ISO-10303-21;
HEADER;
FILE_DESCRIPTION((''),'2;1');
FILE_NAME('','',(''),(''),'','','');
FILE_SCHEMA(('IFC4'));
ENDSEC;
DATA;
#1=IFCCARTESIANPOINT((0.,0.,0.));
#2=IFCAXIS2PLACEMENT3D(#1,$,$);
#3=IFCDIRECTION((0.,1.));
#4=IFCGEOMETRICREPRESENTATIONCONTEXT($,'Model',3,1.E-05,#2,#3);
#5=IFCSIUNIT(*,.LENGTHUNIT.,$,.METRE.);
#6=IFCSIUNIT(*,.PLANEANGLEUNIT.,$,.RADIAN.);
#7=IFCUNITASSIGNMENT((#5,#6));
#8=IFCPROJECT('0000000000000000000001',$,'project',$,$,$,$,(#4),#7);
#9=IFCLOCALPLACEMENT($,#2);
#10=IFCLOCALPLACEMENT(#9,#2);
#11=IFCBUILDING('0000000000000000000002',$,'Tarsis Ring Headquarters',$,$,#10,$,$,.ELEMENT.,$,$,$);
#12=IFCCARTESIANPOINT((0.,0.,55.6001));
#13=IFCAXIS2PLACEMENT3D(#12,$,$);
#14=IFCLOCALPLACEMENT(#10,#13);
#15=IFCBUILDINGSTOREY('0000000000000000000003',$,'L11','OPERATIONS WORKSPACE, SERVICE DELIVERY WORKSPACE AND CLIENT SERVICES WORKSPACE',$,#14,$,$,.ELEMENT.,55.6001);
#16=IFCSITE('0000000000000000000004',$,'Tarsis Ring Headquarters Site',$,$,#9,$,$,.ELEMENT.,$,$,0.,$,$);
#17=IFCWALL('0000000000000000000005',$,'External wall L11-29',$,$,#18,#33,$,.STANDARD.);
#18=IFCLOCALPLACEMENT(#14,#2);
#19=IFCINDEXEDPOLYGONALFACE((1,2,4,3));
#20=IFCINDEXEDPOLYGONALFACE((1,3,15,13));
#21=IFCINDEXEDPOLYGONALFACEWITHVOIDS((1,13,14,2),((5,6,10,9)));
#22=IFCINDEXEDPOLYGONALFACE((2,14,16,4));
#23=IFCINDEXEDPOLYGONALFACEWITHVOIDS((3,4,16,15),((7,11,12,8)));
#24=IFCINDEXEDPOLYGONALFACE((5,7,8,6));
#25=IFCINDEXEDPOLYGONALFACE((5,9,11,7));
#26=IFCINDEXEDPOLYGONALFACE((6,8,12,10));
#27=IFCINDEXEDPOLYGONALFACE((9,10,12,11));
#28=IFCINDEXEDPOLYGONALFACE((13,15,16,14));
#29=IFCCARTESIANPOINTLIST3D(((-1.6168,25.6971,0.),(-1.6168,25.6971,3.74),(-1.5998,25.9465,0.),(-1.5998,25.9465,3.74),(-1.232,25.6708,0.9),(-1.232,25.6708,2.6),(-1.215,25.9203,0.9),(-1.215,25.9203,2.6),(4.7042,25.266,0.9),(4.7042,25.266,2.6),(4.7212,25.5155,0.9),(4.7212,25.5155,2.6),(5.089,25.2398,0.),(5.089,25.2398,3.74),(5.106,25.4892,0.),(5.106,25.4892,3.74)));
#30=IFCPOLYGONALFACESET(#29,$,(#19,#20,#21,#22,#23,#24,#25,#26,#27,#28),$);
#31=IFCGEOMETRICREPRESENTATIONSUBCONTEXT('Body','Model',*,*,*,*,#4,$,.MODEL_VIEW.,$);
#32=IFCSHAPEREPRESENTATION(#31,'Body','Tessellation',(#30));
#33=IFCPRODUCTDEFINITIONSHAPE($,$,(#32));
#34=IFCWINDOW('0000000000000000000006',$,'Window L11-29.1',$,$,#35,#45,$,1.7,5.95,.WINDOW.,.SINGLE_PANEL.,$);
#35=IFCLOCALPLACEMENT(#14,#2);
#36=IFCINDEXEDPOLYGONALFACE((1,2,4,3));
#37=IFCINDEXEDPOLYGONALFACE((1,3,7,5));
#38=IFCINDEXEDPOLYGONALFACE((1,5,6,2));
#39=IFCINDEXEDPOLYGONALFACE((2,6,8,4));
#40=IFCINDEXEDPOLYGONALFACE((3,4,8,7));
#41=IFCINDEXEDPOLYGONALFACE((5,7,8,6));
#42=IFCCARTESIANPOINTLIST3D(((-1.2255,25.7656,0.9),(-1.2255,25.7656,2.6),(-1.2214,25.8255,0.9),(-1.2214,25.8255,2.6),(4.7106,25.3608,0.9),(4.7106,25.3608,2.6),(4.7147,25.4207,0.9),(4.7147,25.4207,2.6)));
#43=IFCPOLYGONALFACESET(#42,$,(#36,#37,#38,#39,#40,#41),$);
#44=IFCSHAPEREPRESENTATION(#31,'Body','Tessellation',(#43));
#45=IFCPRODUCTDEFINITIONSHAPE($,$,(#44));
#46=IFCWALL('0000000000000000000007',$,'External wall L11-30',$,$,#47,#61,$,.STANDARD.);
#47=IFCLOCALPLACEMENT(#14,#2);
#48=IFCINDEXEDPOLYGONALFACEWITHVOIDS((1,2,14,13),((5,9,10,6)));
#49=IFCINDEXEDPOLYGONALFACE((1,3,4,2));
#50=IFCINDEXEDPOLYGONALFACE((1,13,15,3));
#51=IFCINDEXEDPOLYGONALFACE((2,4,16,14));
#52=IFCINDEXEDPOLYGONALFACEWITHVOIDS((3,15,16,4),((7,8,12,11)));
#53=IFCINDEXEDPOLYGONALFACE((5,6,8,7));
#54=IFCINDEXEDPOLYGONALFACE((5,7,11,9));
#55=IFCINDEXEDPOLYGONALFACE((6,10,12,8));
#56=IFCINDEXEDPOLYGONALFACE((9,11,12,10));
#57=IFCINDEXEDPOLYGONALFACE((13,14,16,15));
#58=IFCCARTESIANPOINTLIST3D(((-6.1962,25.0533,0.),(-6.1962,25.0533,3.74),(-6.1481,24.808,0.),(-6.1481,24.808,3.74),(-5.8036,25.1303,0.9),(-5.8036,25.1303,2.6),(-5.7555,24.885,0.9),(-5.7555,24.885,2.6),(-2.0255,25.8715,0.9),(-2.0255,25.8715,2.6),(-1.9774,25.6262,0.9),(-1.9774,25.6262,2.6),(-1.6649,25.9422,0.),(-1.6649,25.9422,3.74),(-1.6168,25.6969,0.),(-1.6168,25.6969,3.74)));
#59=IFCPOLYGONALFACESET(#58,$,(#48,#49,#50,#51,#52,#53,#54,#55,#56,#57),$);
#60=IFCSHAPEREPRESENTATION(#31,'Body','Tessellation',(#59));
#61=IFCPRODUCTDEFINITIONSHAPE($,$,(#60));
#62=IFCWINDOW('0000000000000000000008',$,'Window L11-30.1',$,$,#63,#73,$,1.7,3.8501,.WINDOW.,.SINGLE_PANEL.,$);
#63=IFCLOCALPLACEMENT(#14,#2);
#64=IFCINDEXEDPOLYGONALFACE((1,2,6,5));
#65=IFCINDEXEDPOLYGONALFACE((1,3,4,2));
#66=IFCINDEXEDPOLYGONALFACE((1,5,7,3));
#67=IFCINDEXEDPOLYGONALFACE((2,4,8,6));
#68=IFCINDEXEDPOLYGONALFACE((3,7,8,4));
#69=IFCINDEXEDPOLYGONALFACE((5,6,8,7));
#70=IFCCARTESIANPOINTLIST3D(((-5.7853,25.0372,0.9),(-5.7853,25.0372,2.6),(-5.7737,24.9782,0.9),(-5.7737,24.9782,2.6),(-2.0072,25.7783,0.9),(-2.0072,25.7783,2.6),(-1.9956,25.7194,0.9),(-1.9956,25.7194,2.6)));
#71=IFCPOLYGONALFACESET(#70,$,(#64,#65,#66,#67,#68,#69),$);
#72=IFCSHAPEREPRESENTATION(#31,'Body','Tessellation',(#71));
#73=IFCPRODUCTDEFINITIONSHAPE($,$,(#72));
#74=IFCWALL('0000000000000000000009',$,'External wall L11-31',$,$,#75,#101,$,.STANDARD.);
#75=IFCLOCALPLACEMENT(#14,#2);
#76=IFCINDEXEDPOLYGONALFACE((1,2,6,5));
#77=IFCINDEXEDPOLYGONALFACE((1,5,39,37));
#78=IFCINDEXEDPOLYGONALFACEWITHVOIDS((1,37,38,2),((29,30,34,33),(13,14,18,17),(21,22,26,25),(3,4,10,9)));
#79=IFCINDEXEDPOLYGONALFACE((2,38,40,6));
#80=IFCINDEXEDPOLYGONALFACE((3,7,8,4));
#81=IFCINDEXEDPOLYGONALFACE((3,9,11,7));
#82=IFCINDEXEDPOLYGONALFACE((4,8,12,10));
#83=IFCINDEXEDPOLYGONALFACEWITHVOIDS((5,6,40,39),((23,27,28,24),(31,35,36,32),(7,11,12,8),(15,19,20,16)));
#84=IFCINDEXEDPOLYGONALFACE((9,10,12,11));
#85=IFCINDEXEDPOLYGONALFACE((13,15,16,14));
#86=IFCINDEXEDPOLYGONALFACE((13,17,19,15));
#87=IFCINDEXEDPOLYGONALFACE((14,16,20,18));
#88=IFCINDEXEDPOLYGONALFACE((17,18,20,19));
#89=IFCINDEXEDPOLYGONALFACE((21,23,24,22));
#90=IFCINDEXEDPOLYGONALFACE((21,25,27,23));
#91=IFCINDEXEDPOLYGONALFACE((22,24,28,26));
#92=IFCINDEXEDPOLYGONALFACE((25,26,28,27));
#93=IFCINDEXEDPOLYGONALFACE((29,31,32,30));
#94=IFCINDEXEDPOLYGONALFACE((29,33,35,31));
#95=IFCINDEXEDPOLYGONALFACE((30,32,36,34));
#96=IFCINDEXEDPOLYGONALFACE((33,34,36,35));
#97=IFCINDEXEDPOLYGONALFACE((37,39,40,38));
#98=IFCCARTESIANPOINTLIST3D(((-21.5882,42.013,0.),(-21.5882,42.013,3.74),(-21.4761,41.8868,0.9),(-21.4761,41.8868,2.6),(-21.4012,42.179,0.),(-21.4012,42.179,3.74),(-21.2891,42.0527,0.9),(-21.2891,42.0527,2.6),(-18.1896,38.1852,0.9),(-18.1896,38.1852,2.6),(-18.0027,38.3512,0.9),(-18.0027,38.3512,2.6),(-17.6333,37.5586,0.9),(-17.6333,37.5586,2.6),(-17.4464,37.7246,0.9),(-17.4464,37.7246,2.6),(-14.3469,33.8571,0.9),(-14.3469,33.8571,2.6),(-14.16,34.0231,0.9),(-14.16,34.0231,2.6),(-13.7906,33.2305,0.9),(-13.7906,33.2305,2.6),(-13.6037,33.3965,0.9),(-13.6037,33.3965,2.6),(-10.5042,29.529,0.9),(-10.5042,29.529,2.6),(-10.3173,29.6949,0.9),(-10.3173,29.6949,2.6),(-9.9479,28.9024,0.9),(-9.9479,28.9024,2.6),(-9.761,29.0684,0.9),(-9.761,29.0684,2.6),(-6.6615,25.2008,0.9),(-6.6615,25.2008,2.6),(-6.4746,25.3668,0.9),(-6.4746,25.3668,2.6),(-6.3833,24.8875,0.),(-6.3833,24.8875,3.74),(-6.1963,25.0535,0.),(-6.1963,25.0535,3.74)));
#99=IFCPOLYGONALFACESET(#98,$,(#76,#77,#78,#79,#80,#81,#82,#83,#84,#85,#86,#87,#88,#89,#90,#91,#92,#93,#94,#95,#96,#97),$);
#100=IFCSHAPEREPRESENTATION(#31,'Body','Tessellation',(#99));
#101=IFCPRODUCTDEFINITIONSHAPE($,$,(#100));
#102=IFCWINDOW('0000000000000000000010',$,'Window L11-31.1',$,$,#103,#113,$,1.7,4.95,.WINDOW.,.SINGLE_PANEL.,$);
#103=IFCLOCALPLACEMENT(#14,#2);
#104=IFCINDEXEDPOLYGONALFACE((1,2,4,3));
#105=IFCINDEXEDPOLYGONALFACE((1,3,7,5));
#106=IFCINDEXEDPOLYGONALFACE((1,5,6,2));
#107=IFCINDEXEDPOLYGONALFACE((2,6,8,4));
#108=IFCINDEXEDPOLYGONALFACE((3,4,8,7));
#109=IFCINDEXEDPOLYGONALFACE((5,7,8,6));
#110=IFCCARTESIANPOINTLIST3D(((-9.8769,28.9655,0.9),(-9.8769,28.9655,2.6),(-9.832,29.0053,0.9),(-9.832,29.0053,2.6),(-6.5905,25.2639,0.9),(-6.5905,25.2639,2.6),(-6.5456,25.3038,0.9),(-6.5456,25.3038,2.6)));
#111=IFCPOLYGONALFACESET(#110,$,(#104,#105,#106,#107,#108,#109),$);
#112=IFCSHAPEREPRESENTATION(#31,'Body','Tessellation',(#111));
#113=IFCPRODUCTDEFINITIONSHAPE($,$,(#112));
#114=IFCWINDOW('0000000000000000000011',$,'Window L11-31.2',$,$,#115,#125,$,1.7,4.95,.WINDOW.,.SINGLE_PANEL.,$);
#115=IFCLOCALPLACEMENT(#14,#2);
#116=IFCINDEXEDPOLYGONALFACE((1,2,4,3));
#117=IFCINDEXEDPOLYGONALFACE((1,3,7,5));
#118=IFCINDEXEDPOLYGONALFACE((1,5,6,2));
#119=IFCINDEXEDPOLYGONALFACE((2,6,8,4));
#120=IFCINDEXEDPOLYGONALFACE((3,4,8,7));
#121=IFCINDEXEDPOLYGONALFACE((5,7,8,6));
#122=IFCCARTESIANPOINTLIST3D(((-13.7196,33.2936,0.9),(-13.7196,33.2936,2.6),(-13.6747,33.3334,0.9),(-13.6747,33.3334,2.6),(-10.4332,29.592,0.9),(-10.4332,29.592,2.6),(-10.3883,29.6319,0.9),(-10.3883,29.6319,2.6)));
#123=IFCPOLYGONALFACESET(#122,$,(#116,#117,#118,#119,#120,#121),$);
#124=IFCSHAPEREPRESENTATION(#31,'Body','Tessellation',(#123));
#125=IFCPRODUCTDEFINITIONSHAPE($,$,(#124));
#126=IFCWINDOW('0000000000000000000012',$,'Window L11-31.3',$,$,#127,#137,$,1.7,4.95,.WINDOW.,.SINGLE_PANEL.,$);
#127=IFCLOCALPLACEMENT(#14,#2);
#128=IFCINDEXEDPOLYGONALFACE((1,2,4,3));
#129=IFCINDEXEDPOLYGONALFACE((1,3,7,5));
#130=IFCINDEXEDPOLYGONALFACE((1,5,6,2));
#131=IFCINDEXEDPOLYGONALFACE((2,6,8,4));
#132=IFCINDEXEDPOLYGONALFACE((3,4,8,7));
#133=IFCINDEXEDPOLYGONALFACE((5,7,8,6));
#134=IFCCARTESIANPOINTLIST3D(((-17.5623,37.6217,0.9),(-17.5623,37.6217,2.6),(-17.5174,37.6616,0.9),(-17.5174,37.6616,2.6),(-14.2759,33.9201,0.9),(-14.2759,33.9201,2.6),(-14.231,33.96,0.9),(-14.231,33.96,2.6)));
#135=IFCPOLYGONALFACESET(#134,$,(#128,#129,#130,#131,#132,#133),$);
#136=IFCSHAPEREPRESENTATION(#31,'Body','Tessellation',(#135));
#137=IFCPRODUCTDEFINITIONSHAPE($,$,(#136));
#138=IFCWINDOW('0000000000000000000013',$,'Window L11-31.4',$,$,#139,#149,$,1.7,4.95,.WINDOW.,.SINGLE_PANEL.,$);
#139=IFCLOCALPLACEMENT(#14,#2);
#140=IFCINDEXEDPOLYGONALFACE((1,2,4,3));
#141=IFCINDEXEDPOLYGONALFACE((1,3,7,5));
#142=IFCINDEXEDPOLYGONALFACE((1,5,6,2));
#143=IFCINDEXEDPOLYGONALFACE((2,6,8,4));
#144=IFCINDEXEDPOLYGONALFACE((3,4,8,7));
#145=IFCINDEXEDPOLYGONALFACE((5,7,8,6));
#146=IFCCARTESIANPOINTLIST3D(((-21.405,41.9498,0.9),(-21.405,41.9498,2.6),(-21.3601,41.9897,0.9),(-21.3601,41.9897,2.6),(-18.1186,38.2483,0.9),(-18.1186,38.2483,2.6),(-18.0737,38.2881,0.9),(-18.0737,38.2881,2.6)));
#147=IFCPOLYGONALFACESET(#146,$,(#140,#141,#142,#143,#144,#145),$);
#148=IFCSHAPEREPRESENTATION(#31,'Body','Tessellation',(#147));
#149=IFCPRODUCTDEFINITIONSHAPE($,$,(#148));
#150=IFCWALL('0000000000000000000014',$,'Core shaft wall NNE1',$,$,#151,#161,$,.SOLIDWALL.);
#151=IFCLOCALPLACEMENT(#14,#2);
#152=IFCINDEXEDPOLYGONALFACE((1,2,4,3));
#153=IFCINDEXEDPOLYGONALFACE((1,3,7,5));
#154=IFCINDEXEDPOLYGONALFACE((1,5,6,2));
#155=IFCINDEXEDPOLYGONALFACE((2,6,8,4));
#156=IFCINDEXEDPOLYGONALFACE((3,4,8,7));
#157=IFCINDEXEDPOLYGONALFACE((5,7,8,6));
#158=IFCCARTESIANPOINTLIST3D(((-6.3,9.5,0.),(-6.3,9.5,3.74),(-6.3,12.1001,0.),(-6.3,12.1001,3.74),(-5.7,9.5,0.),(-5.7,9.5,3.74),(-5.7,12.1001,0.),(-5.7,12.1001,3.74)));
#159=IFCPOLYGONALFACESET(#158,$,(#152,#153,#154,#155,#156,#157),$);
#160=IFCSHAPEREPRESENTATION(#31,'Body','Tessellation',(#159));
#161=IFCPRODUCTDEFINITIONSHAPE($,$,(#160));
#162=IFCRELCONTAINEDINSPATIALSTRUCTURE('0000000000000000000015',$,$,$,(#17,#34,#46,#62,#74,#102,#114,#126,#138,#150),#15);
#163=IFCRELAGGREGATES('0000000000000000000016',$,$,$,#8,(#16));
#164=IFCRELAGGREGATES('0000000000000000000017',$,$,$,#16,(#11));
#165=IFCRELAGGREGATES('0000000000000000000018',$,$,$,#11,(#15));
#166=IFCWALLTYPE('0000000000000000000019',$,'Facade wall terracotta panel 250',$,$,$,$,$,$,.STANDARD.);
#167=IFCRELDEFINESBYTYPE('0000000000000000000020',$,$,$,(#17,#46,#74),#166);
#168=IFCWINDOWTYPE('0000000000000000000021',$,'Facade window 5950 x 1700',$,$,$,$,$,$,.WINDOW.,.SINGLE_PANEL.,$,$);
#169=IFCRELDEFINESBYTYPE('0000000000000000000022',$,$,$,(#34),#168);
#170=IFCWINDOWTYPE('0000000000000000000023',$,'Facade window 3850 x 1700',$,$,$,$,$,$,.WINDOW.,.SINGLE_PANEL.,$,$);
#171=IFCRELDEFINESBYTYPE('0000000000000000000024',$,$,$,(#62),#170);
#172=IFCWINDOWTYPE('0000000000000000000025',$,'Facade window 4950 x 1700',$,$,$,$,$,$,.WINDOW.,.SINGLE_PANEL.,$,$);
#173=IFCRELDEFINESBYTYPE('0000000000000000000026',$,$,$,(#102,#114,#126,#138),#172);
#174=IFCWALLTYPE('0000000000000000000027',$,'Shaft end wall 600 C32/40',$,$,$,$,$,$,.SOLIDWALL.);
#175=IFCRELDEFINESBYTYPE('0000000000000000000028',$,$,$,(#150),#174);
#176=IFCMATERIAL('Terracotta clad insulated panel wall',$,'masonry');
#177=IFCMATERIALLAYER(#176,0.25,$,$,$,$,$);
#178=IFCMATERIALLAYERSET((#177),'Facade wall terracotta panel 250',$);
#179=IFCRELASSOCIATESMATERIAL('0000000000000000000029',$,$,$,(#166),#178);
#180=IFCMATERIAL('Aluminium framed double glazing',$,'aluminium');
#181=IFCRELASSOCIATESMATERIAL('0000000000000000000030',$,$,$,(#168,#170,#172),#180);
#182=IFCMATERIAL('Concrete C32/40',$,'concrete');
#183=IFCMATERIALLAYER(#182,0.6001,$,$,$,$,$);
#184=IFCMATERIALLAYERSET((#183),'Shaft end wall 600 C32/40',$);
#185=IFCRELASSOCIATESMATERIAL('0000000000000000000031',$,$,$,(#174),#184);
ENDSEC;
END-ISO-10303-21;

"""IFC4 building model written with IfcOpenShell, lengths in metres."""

from ifc_helpers import new_model, si_unit, direction, frame, frame_2d, origin, place, context, subcontext, project, spatial, rectangle, extrude, material, layer, layer_set, type_object, element, fill, save


model = new_model("IFC4")

# Units and contexts
model_context = context("Model", 3, precision=1e-05, world=origin(), true_north=direction((0.0, 1.0)))
body_context = subcontext(model_context, "Body", "Model", "MODEL_VIEW")
ifc_project = project(units=[si_unit("LENGTHUNIT", "METRE"), si_unit("PLANEANGLEUNIT", "RADIAN")], contexts=[model_context])

# Site, building, storey
site_placement = place(None, origin())
site = spatial("IfcSite", under=ifc_project, at=site_placement, Name="Tarsis Ring Headquarters Site", CompositionType="ELEMENT", RefElevation=0.0)
building_placement = place(site_placement, origin())
building = spatial("IfcBuilding", under=site, at=building_placement, Name="Tarsis Ring Headquarters", CompositionType="ELEMENT")
storey_placement = place(building_placement, frame((0.0, 0.0, 55.6001)))
storey = spatial("IfcBuildingStorey", under=building, at=storey_placement, Name="L11", Description="OPERATIONS WORKSPACE, SERVICE DELIVERY WORKSPACE AND CLIENT SERVICES WORKSPACE", CompositionType="ELEMENT", Elevation=55.6001)

# Walls, openings, windows
ifc_material_1 = material(Name="Terracotta clad insulated panel wall", Category="masonry")
ifc_layer_1 = layer(ifc_material_1, 0.25)
ifc_layer_set_1 = layer_set([ifc_layer_1], Name="Facade wall terracotta panel 250")
wall_type_1 = type_object("IfcWallType", Name="Facade wall terracotta panel 250", PredefinedType="STANDARD", material=ifc_layer_set_1)
wall_1_placement = place(storey_placement, frame((5.0977, 25.3645, 0.0), z_axis=(0.0, 0.0, 1.0), x_axis=(-0.997683, 0.068033, 0.0)))
wall_1 = element("IfcWall", 1, at=wall_1_placement, inside=storey, type_object=wall_type_1, Name="External wall L11-29", PredefinedType="STANDARD", context=body_context, shape_type="SweptSolid", body=[
    extrude(rectangle(XDim=6.7214, YDim=0.25, at=frame_2d((3.3608, 0.0))), origin(), (0.0, 0.0, 1.0), 3.74),
])
opening_1_placement = place(wall_1_placement, frame((0.3857, 0.0, 0.8999)))
opening_1 = element("IfcOpeningElement", 2, at=opening_1_placement, cuts=wall_1, PredefinedType="OPENING", context=body_context, shape_type="SweptSolid", body=[
    extrude(rectangle(XDim=5.95, YDim=1.7, at=frame_2d((2.9751, 0.8501))), frame((0.0, 0.135, 0.0), z_axis=(0.0, -1.0, 0.0), x_axis=(1.0, 0.0, 0.0)), (0.0, 0.0, 1.0), 0.27),
])
ifc_material_2 = material(Name="Aluminium framed double glazing", Category="aluminium")
window_type_1 = type_object("IfcWindowType", Name="Facade window 5950 x 1700", PartitioningType="SINGLE_PANEL", PredefinedType="WINDOW", material=ifc_material_2)
window_1_placement = place(opening_1_placement, origin())
window_1 = element("IfcWindow", 3, at=window_1_placement, inside=storey, type_object=window_type_1, Name="Window L11-29.1", OverallHeight=1.7, OverallWidth=5.95, PartitioningType="SINGLE_PANEL", PredefinedType="WINDOW", context=body_context, shape_type="SweptSolid", body=[
    extrude(rectangle(XDim=5.95, YDim=1.7, at=frame_2d((2.9751, 0.8501))), frame((0.0, 0.03, 0.0), z_axis=(0.0, -1.0, 0.0), x_axis=(1.0, 0.0, 0.0)), (0.0, 0.0, 1.0), 0.0601),
])
fill(opening_1, window_1)
wall_2_placement = place(storey_placement, frame((-1.6409, 25.8196, 0.0), z_axis=(0.0, 0.0, 1.0), x_axis=(-0.981296, -0.192505, 0.0)))
wall_2 = element("IfcWall", 4, at=wall_2_placement, inside=storey, type_object=wall_type_1, Name="External wall L11-30", PredefinedType="STANDARD", context=body_context, shape_type="SweptSolid", body=[
    extrude(rectangle(XDim=4.6177, YDim=0.25, at=frame_2d((2.3088, 0.0))), origin(), (0.0, 0.0, 1.0), 3.74),
])
opening_2_placement = place(wall_2_placement, frame((0.3674, 0.0, 0.8999)))
opening_2 = element("IfcOpeningElement", 5, at=opening_2_placement, cuts=wall_2, PredefinedType="OPENING", context=body_context, shape_type="SweptSolid", body=[
    extrude(rectangle(XDim=3.8501, YDim=1.7, at=frame_2d((1.925, 0.8501))), frame((0.0, 0.135, 0.0), z_axis=(0.0, -1.0, 0.0), x_axis=(1.0, 0.0, 0.0)), (0.0, 0.0, 1.0), 0.27),
])
window_type_2 = type_object("IfcWindowType", Name="Facade window 3850 x 1700", PartitioningType="SINGLE_PANEL", PredefinedType="WINDOW", material=ifc_material_2)
window_2_placement = place(opening_2_placement, origin())
window_2 = element("IfcWindow", 6, at=window_2_placement, inside=storey, type_object=window_type_2, Name="Window L11-30.1", OverallHeight=1.7, OverallWidth=3.8501, PartitioningType="SINGLE_PANEL", PredefinedType="WINDOW", context=body_context, shape_type="SweptSolid", body=[
    extrude(rectangle(XDim=3.8501, YDim=1.7, at=frame_2d((1.925, 0.8501))), frame((0.0, 0.03, 0.0), z_axis=(0.0, -1.0, 0.0), x_axis=(1.0, 0.0, 0.0)), (0.0, 0.0, 1.0), 0.0601),
])
fill(opening_2, window_2)

# Wall, openings, windows
wall_3_placement = place(storey_placement, frame((-6.2898, 24.9705, 0.0), z_axis=(0.0, 0.0, 1.0), x_axis=(-0.663929, 0.747796, 0.0)))
wall_3 = element("IfcWall", 7, at=wall_3_placement, inside=storey, type_object=wall_type_1, Name="External wall L11-31", PredefinedType="STANDARD", context=body_context, shape_type="SweptSolid", body=[
    extrude(rectangle(XDim=22.9014, YDim=0.25, at=frame_2d((11.4507, 0.0))), origin(), (0.0, 0.0, 1.0), 3.74),
])
opening_3_placement = place(wall_3_placement, frame((0.4189, 0.0, 0.8999)))
opening_3 = element("IfcOpeningElement", 8, at=opening_3_placement, cuts=wall_3, PredefinedType="OPENING", context=body_context, shape_type="SweptSolid", body=[
    extrude(rectangle(XDim=4.95, YDim=1.7, at=frame_2d((2.4751, 0.8501))), frame((0.0, 0.135, 0.0), z_axis=(0.0, -1.0, 0.0), x_axis=(1.0, 0.0, 0.0)), (0.0, 0.0, 1.0), 0.27),
])
opening_4_placement = place(wall_3_placement, frame((6.2068, 0.0, 0.8999)))
opening_4 = element("IfcOpeningElement", 9, at=opening_4_placement, cuts=wall_3, PredefinedType="OPENING", context=body_context, shape_type="SweptSolid", body=[
    extrude(rectangle(XDim=4.95, YDim=1.7, at=frame_2d((2.4751, 0.8501))), frame((0.0, 0.135, 0.0), z_axis=(0.0, -1.0, 0.0), x_axis=(1.0, 0.0, 0.0)), (0.0, 0.0, 1.0), 0.27),
])
opening_5_placement = place(wall_3_placement, frame((11.9946, 0.0, 0.8999)))
opening_5 = element("IfcOpeningElement", 10, at=opening_5_placement, cuts=wall_3, PredefinedType="OPENING", context=body_context, shape_type="SweptSolid", body=[
    extrude(rectangle(XDim=4.95, YDim=1.7, at=frame_2d((2.4751, 0.8501))), frame((0.0, 0.135, 0.0), z_axis=(0.0, -1.0, 0.0), x_axis=(1.0, 0.0, 0.0)), (0.0, 0.0, 1.0), 0.27),
])
opening_6_placement = place(wall_3_placement, frame((17.7825, 0.0, 0.8999)))
opening_6 = element("IfcOpeningElement", 11, at=opening_6_placement, cuts=wall_3, PredefinedType="OPENING", context=body_context, shape_type="SweptSolid", body=[
    extrude(rectangle(XDim=4.95, YDim=1.7, at=frame_2d((2.4751, 0.8501))), frame((0.0, 0.135, 0.0), z_axis=(0.0, -1.0, 0.0), x_axis=(1.0, 0.0, 0.0)), (0.0, 0.0, 1.0), 0.27),
])
window_type_3 = type_object("IfcWindowType", Name="Facade window 4950 x 1700", PartitioningType="SINGLE_PANEL", PredefinedType="WINDOW", material=ifc_material_2)
window_3_placement = place(opening_3_placement, origin())
window_3 = element("IfcWindow", 12, at=window_3_placement, inside=storey, type_object=window_type_3, Name="Window L11-31.1", OverallHeight=1.7, OverallWidth=4.95, PartitioningType="SINGLE_PANEL", PredefinedType="WINDOW", context=body_context, shape_type="SweptSolid", body=[
    extrude(rectangle(XDim=4.95, YDim=1.7, at=frame_2d((2.4751, 0.8501))), frame((0.0, 0.03, 0.0), z_axis=(0.0, -1.0, 0.0), x_axis=(1.0, 0.0, 0.0)), (0.0, 0.0, 1.0), 0.0601),
])
fill(opening_3, window_3)
window_4_placement = place(opening_4_placement, origin())
window_4 = element("IfcWindow", 13, at=window_4_placement, inside=storey, type_object=window_type_3, Name="Window L11-31.2", OverallHeight=1.7, OverallWidth=4.95, PartitioningType="SINGLE_PANEL", PredefinedType="WINDOW", context=body_context, shape_type="SweptSolid", body=[
    extrude(rectangle(XDim=4.95, YDim=1.7, at=frame_2d((2.4751, 0.8501))), frame((0.0, 0.03, 0.0), z_axis=(0.0, -1.0, 0.0), x_axis=(1.0, 0.0, 0.0)), (0.0, 0.0, 1.0), 0.0601),
])
fill(opening_4, window_4)
window_5_placement = place(opening_5_placement, origin())
window_5 = element("IfcWindow", 14, at=window_5_placement, inside=storey, type_object=window_type_3, Name="Window L11-31.3", OverallHeight=1.7, OverallWidth=4.95, PartitioningType="SINGLE_PANEL", PredefinedType="WINDOW", context=body_context, shape_type="SweptSolid", body=[
    extrude(rectangle(XDim=4.95, YDim=1.7, at=frame_2d((2.4751, 0.8501))), frame((0.0, 0.03, 0.0), z_axis=(0.0, -1.0, 0.0), x_axis=(1.0, 0.0, 0.0)), (0.0, 0.0, 1.0), 0.0601),
])
fill(opening_5, window_5)
window_6_placement = place(opening_6_placement, origin())
window_6 = element("IfcWindow", 15, at=window_6_placement, inside=storey, type_object=window_type_3, Name="Window L11-31.4", OverallHeight=1.7, OverallWidth=4.95, PartitioningType="SINGLE_PANEL", PredefinedType="WINDOW", context=body_context, shape_type="SweptSolid", body=[
    extrude(rectangle(XDim=4.95, YDim=1.7, at=frame_2d((2.4751, 0.8501))), frame((0.0, 0.03, 0.0), z_axis=(0.0, -1.0, 0.0), x_axis=(1.0, 0.0, 0.0)), (0.0, 0.0, 1.0), 0.0601),
])
fill(opening_6, window_6)

# Wall
ifc_material_3 = material(Name="Concrete C32/40", Category="concrete")
ifc_layer_2 = layer(ifc_material_3, 0.6001)
ifc_layer_set_2 = layer_set([ifc_layer_2], Name="Shaft end wall 600 C32/40")
wall_type_2 = type_object("IfcWallType", Name="Shaft end wall 600 C32/40", PredefinedType="SOLIDWALL", material=ifc_layer_set_2)
for number, where, z_axis, x_axis, name in (
    (16, (-6.0, 9.5, 0.0), (0.0, 0.0, 1.0), (0.0, 1.0, 0.0), "Core shaft wall NNE1"),
):
    element("IfcWall", number, at=place(storey_placement, frame(where, z_axis=z_axis, x_axis=x_axis)), inside=storey, type_object=wall_type_2, Name=name, PredefinedType="SOLIDWALL", context=body_context, shape_type="SweptSolid", body=[
        extrude(rectangle(XDim=2.6001, YDim=0.6001, at=frame_2d((1.3, 0.0))), origin(), (0.0, 0.0, 1.0), 3.74),
    ])

save(model, "model.ifc")
